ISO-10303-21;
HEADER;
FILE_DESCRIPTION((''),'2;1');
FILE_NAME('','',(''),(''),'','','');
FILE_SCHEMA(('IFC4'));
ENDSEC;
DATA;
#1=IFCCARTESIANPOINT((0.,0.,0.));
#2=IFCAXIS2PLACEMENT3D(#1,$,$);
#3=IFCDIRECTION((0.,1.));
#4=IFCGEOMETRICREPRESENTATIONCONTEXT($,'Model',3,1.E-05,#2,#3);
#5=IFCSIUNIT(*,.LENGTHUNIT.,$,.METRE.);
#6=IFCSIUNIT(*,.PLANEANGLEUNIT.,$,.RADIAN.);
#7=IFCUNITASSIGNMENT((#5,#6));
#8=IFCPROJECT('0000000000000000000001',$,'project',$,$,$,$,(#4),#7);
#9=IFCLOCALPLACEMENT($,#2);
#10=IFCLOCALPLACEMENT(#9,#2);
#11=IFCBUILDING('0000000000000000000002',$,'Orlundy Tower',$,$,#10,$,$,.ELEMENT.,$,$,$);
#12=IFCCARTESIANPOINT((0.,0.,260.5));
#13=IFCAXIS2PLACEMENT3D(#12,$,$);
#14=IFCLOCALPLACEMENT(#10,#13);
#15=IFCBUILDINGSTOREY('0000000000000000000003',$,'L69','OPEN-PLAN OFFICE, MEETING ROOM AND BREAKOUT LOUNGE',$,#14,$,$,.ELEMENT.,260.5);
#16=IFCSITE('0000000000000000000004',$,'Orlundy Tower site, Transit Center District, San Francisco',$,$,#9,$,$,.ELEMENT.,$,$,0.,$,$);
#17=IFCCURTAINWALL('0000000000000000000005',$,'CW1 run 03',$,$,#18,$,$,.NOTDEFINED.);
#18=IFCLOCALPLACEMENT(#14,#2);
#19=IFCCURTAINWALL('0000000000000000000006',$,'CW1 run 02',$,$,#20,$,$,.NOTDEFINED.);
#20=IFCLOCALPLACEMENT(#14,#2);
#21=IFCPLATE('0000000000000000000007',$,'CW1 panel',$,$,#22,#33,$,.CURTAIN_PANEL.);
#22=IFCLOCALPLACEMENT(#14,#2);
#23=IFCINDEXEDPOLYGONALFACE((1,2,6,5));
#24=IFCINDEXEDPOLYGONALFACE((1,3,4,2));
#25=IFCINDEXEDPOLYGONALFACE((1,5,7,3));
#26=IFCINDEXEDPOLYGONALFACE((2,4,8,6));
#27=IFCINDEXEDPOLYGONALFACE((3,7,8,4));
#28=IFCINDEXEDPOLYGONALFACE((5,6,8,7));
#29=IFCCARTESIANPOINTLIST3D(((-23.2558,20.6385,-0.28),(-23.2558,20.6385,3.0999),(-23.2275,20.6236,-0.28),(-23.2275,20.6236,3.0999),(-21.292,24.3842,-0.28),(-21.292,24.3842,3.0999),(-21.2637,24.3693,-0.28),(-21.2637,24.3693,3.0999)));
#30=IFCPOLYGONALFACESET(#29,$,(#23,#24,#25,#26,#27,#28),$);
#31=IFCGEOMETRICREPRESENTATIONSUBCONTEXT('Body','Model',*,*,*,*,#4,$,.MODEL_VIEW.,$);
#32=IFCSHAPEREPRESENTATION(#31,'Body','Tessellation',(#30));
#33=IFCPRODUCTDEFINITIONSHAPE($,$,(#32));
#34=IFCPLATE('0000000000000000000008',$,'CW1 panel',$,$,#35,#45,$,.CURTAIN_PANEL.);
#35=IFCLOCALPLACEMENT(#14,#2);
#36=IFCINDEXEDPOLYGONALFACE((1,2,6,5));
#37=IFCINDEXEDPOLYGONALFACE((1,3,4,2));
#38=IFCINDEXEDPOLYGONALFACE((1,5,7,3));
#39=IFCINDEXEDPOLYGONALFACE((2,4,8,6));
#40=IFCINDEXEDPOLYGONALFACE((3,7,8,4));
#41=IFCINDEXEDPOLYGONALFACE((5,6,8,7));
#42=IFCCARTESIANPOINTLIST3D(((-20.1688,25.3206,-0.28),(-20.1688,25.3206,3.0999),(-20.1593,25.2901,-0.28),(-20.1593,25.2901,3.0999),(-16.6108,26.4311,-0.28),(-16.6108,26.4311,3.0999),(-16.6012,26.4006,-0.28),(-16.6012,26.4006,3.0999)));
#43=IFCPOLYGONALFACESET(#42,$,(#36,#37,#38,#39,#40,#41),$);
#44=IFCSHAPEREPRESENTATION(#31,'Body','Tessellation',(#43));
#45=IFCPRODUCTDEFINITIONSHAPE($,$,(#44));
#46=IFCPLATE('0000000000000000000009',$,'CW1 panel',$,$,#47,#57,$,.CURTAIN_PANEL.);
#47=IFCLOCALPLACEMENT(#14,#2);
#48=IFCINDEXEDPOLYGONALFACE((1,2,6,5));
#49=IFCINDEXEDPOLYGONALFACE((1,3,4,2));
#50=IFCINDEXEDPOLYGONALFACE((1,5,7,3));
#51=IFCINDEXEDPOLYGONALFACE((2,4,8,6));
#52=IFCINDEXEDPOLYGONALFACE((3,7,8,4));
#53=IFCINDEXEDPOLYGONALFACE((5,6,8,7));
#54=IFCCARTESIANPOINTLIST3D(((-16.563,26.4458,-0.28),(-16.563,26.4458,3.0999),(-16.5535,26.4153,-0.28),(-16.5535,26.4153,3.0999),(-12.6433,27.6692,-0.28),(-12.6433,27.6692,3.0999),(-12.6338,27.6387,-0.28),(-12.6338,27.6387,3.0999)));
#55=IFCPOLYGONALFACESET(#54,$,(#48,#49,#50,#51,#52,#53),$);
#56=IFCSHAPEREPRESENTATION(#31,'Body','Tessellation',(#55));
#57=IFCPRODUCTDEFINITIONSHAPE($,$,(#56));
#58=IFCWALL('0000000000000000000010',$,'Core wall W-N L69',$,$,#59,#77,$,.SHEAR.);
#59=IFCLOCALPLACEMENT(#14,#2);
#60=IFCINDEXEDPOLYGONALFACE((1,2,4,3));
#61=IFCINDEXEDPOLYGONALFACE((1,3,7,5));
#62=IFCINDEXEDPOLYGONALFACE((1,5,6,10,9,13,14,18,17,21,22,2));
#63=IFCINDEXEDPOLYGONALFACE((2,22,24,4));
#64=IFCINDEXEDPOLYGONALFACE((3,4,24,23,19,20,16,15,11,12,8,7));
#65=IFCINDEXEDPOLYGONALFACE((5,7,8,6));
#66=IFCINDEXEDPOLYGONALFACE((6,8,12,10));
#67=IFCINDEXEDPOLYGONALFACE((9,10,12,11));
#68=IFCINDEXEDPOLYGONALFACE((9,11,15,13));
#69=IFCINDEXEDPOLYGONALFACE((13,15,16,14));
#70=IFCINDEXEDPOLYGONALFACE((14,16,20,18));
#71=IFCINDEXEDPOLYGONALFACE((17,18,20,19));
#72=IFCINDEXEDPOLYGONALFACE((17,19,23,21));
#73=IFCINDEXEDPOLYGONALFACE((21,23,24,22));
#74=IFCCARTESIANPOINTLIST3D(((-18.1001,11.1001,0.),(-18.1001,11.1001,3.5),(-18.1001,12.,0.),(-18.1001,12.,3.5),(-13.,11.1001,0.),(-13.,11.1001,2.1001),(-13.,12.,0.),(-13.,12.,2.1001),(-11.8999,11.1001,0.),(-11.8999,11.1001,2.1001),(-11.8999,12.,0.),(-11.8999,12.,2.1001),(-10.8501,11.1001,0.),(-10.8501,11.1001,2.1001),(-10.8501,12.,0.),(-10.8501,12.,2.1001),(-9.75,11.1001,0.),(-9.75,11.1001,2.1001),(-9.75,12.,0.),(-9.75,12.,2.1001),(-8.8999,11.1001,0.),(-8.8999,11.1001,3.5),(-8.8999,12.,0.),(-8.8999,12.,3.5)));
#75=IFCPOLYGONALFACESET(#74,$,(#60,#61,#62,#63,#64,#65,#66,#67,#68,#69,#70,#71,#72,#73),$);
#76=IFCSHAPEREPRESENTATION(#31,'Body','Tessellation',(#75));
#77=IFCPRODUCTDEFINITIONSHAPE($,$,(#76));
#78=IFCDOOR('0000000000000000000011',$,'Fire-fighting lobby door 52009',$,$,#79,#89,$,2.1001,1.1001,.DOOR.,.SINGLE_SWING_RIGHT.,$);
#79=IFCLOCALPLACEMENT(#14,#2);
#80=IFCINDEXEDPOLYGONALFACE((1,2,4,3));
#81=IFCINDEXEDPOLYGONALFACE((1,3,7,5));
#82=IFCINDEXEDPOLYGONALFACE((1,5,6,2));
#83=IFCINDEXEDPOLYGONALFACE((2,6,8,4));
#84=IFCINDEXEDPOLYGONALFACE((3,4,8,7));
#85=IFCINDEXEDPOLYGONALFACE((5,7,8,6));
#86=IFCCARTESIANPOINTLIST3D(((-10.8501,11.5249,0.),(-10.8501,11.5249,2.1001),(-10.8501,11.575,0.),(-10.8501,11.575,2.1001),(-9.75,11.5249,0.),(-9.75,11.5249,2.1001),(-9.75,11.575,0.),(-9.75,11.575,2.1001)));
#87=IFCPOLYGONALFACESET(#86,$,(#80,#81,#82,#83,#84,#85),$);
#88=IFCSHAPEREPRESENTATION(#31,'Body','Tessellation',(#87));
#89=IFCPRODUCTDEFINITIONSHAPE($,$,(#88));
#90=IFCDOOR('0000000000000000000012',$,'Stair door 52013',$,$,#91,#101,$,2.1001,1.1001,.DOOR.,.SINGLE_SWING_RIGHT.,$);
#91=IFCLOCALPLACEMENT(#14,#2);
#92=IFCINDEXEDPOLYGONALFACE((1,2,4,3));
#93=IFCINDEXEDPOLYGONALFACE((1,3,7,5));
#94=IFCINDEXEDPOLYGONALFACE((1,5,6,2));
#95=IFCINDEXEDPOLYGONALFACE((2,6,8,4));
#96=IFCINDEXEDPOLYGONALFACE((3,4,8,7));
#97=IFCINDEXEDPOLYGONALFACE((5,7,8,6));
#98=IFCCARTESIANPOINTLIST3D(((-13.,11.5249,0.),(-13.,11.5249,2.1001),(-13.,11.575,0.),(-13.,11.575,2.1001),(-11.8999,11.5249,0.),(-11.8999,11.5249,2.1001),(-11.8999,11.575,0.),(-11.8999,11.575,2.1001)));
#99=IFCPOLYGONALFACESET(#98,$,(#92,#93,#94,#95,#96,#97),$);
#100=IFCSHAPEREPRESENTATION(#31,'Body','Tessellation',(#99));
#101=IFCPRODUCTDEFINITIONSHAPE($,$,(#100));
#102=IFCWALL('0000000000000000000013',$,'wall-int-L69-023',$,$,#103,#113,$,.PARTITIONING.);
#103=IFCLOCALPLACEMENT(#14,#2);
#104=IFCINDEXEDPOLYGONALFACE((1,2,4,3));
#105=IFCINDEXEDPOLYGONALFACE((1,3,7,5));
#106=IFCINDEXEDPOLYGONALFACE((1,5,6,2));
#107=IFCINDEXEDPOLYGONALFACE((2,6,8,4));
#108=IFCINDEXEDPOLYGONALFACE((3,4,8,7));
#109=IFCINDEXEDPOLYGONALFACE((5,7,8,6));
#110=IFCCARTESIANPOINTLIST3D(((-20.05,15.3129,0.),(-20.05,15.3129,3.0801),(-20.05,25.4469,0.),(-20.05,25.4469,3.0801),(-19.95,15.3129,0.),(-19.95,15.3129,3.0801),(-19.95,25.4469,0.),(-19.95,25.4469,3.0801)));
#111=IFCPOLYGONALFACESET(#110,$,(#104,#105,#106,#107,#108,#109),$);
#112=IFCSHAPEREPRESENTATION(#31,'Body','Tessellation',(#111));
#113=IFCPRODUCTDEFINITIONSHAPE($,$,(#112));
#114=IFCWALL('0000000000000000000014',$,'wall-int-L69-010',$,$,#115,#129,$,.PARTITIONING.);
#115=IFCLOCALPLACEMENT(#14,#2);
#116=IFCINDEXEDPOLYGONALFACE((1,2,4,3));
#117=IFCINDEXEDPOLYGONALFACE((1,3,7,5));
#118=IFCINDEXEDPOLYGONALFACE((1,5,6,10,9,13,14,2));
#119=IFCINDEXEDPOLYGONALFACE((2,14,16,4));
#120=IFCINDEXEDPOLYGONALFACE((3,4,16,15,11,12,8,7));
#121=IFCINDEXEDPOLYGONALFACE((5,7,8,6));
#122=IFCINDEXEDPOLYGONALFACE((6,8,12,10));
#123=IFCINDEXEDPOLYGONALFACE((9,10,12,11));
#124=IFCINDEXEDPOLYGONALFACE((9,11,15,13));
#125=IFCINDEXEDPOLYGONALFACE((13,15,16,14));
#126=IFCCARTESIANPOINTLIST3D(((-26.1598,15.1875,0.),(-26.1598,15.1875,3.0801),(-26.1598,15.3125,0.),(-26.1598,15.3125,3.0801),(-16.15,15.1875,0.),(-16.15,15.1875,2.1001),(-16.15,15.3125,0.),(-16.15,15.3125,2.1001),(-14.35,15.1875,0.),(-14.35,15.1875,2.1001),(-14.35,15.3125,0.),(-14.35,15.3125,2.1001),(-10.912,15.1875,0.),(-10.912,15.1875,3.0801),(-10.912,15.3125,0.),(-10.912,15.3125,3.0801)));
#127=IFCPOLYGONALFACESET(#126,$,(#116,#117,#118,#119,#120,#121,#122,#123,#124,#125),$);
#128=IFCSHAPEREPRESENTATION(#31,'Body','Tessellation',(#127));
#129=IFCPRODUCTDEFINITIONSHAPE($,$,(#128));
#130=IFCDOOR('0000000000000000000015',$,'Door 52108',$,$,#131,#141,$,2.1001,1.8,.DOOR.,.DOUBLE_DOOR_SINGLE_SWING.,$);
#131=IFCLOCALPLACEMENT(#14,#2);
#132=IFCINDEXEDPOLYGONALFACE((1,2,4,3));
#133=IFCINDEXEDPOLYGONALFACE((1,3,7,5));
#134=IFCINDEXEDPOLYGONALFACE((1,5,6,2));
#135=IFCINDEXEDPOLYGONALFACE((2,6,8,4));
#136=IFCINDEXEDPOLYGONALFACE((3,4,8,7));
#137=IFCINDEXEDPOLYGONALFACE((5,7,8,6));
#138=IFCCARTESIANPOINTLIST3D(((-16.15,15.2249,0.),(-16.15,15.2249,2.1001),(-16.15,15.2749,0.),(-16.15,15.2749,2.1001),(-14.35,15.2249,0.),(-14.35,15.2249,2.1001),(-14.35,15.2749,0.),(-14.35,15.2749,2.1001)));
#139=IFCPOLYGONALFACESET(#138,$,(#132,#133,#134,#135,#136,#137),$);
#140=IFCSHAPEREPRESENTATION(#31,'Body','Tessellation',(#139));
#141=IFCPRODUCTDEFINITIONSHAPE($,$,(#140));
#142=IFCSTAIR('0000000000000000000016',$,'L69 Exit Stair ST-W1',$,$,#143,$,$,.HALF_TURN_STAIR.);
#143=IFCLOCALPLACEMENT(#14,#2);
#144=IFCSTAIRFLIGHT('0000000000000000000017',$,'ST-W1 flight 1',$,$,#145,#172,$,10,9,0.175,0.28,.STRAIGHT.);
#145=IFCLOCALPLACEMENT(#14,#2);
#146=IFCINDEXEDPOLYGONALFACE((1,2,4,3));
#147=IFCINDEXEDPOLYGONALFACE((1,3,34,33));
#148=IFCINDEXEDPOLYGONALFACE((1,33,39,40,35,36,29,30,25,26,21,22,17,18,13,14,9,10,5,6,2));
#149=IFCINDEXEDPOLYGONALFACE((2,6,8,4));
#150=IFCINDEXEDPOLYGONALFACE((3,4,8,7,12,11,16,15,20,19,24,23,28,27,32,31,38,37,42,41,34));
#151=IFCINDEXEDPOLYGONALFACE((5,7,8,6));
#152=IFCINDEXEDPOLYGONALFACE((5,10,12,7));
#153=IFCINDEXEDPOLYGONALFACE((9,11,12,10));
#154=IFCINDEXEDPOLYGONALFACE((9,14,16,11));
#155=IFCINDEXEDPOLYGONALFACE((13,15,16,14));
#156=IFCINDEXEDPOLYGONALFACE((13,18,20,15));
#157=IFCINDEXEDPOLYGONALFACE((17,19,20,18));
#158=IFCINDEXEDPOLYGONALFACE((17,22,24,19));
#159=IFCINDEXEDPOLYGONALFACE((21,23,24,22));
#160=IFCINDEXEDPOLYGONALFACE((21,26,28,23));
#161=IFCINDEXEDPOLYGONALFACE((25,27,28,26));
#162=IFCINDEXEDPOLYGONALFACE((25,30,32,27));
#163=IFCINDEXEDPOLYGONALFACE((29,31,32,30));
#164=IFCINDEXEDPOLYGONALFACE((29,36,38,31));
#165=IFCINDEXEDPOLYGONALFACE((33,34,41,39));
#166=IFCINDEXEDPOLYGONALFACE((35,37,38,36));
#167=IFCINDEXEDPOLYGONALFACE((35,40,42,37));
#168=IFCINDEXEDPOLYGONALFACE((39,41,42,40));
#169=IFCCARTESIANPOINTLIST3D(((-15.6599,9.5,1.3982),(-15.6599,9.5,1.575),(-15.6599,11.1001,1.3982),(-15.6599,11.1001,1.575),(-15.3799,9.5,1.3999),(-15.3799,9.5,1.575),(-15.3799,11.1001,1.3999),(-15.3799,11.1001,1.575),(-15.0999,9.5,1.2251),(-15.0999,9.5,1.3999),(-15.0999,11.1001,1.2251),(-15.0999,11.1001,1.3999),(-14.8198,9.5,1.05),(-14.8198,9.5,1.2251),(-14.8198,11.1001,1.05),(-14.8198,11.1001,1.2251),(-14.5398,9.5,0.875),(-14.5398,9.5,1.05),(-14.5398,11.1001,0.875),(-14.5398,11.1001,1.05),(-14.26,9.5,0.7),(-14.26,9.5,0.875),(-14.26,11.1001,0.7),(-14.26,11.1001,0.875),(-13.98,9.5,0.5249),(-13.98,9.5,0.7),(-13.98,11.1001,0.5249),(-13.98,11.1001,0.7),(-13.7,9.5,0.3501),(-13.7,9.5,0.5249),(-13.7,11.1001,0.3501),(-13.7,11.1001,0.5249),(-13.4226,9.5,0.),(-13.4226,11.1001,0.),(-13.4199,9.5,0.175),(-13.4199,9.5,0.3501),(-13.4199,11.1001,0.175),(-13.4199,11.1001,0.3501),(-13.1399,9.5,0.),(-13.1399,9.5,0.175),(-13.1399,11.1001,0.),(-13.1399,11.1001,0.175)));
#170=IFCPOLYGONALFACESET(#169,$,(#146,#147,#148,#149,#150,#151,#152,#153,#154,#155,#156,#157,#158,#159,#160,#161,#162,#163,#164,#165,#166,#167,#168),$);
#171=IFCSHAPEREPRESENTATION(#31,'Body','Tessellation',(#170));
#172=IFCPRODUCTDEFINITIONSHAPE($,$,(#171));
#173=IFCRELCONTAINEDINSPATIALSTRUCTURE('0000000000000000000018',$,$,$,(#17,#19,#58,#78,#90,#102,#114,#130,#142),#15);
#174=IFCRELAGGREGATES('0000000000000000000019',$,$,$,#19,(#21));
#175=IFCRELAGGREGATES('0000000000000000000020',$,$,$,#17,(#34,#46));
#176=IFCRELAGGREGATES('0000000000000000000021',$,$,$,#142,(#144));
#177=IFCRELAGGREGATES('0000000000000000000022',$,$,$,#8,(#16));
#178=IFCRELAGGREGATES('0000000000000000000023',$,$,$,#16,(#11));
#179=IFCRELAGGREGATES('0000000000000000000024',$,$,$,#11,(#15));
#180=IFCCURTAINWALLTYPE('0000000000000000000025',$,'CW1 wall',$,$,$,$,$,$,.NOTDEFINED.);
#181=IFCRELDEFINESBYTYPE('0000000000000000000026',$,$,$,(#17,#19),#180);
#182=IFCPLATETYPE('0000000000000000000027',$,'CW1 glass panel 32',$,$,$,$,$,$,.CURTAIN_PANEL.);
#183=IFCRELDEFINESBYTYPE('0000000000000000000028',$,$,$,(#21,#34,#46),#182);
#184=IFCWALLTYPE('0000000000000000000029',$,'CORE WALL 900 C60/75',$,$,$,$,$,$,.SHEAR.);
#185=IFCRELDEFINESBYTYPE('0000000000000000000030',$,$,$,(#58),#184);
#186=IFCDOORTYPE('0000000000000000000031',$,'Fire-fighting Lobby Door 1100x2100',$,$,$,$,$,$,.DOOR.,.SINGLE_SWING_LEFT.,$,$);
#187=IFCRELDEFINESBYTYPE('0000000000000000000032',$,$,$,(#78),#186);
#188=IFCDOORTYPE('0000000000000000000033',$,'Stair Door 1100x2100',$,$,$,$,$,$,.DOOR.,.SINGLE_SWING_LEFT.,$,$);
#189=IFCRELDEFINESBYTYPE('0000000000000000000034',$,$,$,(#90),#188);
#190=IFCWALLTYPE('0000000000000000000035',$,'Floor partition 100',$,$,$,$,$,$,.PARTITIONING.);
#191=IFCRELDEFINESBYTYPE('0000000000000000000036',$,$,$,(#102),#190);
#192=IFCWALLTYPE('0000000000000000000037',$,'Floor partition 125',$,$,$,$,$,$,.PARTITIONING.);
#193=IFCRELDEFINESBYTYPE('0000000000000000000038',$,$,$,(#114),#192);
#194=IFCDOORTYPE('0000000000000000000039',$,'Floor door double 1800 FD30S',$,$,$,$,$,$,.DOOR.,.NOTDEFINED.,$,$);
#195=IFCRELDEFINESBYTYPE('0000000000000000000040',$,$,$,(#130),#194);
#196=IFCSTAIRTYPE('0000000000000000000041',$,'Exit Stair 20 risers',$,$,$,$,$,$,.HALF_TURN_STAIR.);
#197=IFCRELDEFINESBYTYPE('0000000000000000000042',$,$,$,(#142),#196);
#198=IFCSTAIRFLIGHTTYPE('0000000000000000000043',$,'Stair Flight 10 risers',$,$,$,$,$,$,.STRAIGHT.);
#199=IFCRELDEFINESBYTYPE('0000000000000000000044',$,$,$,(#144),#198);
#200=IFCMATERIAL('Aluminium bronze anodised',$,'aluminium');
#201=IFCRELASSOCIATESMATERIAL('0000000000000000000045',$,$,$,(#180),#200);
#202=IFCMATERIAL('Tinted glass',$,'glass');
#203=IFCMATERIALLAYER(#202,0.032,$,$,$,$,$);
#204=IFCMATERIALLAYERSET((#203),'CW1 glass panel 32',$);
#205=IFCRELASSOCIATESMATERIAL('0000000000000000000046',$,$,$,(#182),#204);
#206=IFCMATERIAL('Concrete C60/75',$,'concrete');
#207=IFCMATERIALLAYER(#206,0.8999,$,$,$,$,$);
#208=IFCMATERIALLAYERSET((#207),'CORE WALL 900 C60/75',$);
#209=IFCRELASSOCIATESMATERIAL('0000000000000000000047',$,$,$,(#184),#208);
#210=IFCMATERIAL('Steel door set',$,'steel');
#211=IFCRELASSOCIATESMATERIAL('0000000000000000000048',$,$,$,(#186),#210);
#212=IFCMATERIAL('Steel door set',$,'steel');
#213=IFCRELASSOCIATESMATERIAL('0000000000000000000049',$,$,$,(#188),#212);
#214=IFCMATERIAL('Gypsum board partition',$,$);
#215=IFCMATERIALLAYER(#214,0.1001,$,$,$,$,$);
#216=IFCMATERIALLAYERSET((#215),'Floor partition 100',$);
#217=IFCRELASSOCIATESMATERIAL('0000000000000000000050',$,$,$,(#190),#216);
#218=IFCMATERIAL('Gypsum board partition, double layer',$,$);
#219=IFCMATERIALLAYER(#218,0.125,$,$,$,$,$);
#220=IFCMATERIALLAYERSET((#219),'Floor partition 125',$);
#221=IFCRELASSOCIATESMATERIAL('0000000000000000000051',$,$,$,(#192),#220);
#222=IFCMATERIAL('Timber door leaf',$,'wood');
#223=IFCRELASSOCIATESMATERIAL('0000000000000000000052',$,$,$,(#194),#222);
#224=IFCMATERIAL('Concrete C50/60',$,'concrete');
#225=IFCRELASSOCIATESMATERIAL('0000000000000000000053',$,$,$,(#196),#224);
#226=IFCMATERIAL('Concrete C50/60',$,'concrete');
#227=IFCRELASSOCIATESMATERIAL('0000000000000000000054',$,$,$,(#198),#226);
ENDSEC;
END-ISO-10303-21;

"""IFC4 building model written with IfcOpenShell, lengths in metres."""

from ifc_helpers import new_model, si_unit, direction, frame, frame_2d, origin, origin_2d, place, context, subcontext, project, spatial, polyline, rectangle, outline, extrude, material, layer, layer_set, type_object, element, fill, aggregate, save


model = new_model("IFC4")

# Units and contexts
model_context = context("Model", 3, precision=1e-05, world=origin(), true_north=direction((0.0, 1.0)))
body_context = subcontext(model_context, "Body", "Model", "MODEL_VIEW")
ifc_project = project(units=[si_unit("LENGTHUNIT", "METRE"), si_unit("PLANEANGLEUNIT", "RADIAN")], contexts=[model_context])

# Site, building, storey
site_placement = place(None, origin())
site = spatial("IfcSite", under=ifc_project, at=site_placement, Name="Orlundy Tower site, Transit Center District, San Francisco", CompositionType="ELEMENT", RefElevation=0.0)
building_placement = place(site_placement, origin())
building = spatial("IfcBuilding", under=site, at=building_placement, Name="Orlundy Tower", CompositionType="ELEMENT")
storey_placement = place(building_placement, frame((0.0, 0.0, 260.5)))
storey = spatial("IfcBuildingStorey", under=building, at=storey_placement, Name="L69", Description="OPEN-PLAN OFFICE, MEETING ROOM AND BREAKOUT LOUNGE", CompositionType="ELEMENT", Elevation=260.5)

# Curtain wall
ifc_material_1 = material(Name="Aluminium bronze anodised", Category="aluminium")
curtain_wall_type = type_object("IfcCurtainWallType", Name="CW1 wall", PredefinedType="NOTDEFINED", material=ifc_material_1)
curtain_wall_1_placement = place(storey_placement, origin())
curtain_wall_1 = element("IfcCurtainWall", 1, at=curtain_wall_1_placement, inside=storey, type_object=curtain_wall_type, Name="CW1 run 03", PredefinedType="NOTDEFINED")

# Curtain wall
curtain_wall_2_placement = place(storey_placement, origin())
curtain_wall_2 = element("IfcCurtainWall", 2, at=curtain_wall_2_placement, inside=storey, type_object=curtain_wall_type, Name="CW1 run 02", PredefinedType="NOTDEFINED")

# Plates
ifc_material_2 = material(Name="Tinted glass", Category="glass")
ifc_layer_1 = layer(ifc_material_2, 0.032)
ifc_layer_set_1 = layer_set([ifc_layer_1], Name="CW1 glass panel 32")
plate_type = type_object("IfcPlateType", Name="CW1 glass panel 32", PredefinedType="CURTAIN_PANEL", material=ifc_layer_set_1)
plate_1_placement = place(storey_placement, frame((-22.2598, 22.5039, -0.28), z_axis=(0.0, 0.0, 1.0), x_axis=(0.464336, 0.885659, 0.0)))
plate_1 = element("IfcPlate", 3, at=plate_1_placement, type_object=plate_type, Name="CW1 panel", PredefinedType="CURTAIN_PANEL", context=body_context, shape_type="SweptSolid", body=[
    extrude(rectangle(XDim=4.2292, YDim=0.032, at=origin_2d()), origin(), (0.0, 0.0, 1.0), 3.3799),
])
aggregate(curtain_wall_2, [plate_1])
plate_2_placement = place(storey_placement, frame((-18.385, 25.8606, -0.28), z_axis=(0.0, 0.0, 1.0), x_axis=(0.954586, 0.297935, 0.0)))
plate_2 = element("IfcPlate", 4, at=plate_2_placement, type_object=plate_type, Name="CW1 panel", PredefinedType="CURTAIN_PANEL", context=body_context, shape_type="SweptSolid", body=[
    extrude(rectangle(XDim=3.7273, YDim=0.032, at=origin_2d()), origin(), (0.0, 0.0, 1.0), 3.3799),
])
plate_3_placement = place(storey_placement, frame((-14.5984, 27.0422, -0.28), z_axis=(0.0, 0.0, 1.0), x_axis=(0.954586, 0.297935, 0.0)))
plate_3 = element("IfcPlate", 5, at=plate_3_placement, type_object=plate_type, Name="CW1 panel", PredefinedType="CURTAIN_PANEL", context=body_context, shape_type="SweptSolid", body=[
    extrude(rectangle(XDim=4.1062, YDim=0.032, at=origin_2d()), origin(), (0.0, 0.0, 1.0), 3.3799),
])
aggregate(curtain_wall_1, [plate_2, plate_3])

# Wall, openings, doors
ifc_material_3 = material(Name="Concrete C60/75", Category="concrete")
ifc_layer_2 = layer(ifc_material_3, 0.8999)
ifc_layer_set_2 = layer_set([ifc_layer_2], Name="CORE WALL 900 C60/75")
wall_type_1 = type_object("IfcWallType", Name="CORE WALL 900 C60/75", PredefinedType="SHEAR", material=ifc_layer_set_2)
wall_1_placement = place(storey_placement, frame((-18.1001, 11.55, 0.0), z_axis=(0.0, 0.0, 1.0), x_axis=(1.0, 0.0, 0.0)))
wall_1 = element("IfcWall", 6, at=wall_1_placement, inside=storey, type_object=wall_type_1, Name="Core wall W-N L69", PredefinedType="SHEAR", context=body_context, shape_type="SweptSolid", body=[
    extrude(rectangle(XDim=9.2002, YDim=0.8999, at=frame_2d((4.6001, 0.0))), origin(), (0.0, 0.0, 1.0), 3.5),
])
opening_1_placement = place(wall_1_placement, frame((7.25, 0.0, 0.0)))
opening_1 = element("IfcOpeningElement", 7, at=opening_1_placement, cuts=wall_1, PredefinedType="OPENING", context=body_context, shape_type="SweptSolid", body=[
    extrude(rectangle(XDim=1.1001, YDim=2.1001, at=frame_2d((0.55, 1.05))), frame((0.0, 0.46, 0.0), z_axis=(0.0, -1.0, 0.0), x_axis=(1.0, 0.0, 0.0)), (0.0, 0.0, 1.0), 0.9199),
])
opening_2_placement = place(wall_1_placement, frame((5.1001, 0.0, 0.0)))
opening_2 = element("IfcOpeningElement", 8, at=opening_2_placement, cuts=wall_1, PredefinedType="OPENING", context=body_context, shape_type="SweptSolid", body=[
    extrude(rectangle(XDim=1.1001, YDim=2.1001, at=frame_2d((0.55, 1.05))), frame((0.0, 0.46, 0.0), z_axis=(0.0, -1.0, 0.0), x_axis=(1.0, 0.0, 0.0)), (0.0, 0.0, 1.0), 0.9199),
])
ifc_material_4 = material(Name="Steel door set", Category="steel")
door_type_1 = type_object("IfcDoorType", Name="Fire-fighting Lobby Door 1100x2100", OperationType="SINGLE_SWING_LEFT", PredefinedType="DOOR", material=ifc_material_4)
door_1_placement = place(opening_1_placement, origin())
door_1 = element("IfcDoor", 9, at=door_1_placement, inside=storey, type_object=door_type_1, Name="Fire-fighting lobby door 52009", OperationType="SINGLE_SWING_RIGHT", OverallHeight=2.1001, OverallWidth=1.1001, PredefinedType="DOOR", context=body_context, shape_type="SweptSolid", body=[
    extrude(rectangle(XDim=1.1001, YDim=2.1001, at=frame_2d((0.55, 1.05))), frame((0.0, 0.0249, 0.0), z_axis=(0.0, -1.0, 0.0), x_axis=(1.0, 0.0, 0.0)), (0.0, 0.0, 1.0), 0.05),
])
fill(opening_1, door_1)
ifc_material_5 = material(Name="Steel door set", Category="steel")
door_type_2 = type_object("IfcDoorType", Name="Stair Door 1100x2100", OperationType="SINGLE_SWING_LEFT", PredefinedType="DOOR", material=ifc_material_5)
door_2_placement = place(opening_2_placement, origin())
door_2 = element("IfcDoor", 10, at=door_2_placement, inside=storey, type_object=door_type_2, Name="Stair door 52013", OperationType="SINGLE_SWING_RIGHT", OverallHeight=2.1001, OverallWidth=1.1001, PredefinedType="DOOR", context=body_context, shape_type="SweptSolid", body=[
    extrude(rectangle(XDim=1.1001, YDim=2.1001, at=frame_2d((0.55, 1.05))), frame((0.0, 0.0249, 0.0), z_axis=(0.0, -1.0, 0.0), x_axis=(1.0, 0.0, 0.0)), (0.0, 0.0, 1.0), 0.05),
])
fill(opening_2, door_2)

# Wall
ifc_material_6 = material(Name="Gypsum board partition")
ifc_layer_3 = layer(ifc_material_6, 0.1001)
ifc_layer_set_3 = layer_set([ifc_layer_3], Name="Floor partition 100")
wall_type_2 = type_object("IfcWallType", Name="Floor partition 100", PredefinedType="PARTITIONING", material=ifc_layer_set_3)
wall_2_placement = place(storey_placement, frame((-20.0, 15.313, 0.0), z_axis=(0.0, 0.0, 1.0), x_axis=(0.0, 1.0, 0.0)))
element("IfcWall", 11, at=wall_2_placement, inside=storey, type_object=wall_type_2, Name="wall-int-L69-023", PredefinedType="PARTITIONING", context=body_context, shape_type="SweptSolid", body=[
    extrude(rectangle(XDim=10.134, YDim=0.1001, at=frame_2d((5.0669, 0.0))), origin(), (0.0, 0.0, 1.0), 3.0801),
])

# Wall, opening, door
ifc_material_7 = material(Name="Gypsum board partition, double layer")
ifc_layer_4 = layer(ifc_material_7, 0.125)
ifc_layer_set_4 = layer_set([ifc_layer_4], Name="Floor partition 125")
wall_type_3 = type_object("IfcWallType", Name="Floor partition 125", PredefinedType="PARTITIONING", material=ifc_layer_set_4)
wall_3_placement = place(storey_placement, frame((-26.1599, 15.25, 0.0), z_axis=(0.0, 0.0, 1.0), x_axis=(1.0, 0.0, 0.0)))
wall_3 = element("IfcWall", 12, at=wall_3_placement, inside=storey, type_object=wall_type_3, Name="wall-int-L69-010", PredefinedType="PARTITIONING", context=body_context, shape_type="SweptSolid", body=[
    extrude(rectangle(XDim=15.2478, YDim=0.125, at=frame_2d((7.624, 0.0))), origin(), (0.0, 0.0, 1.0), 3.0801),
])
opening_3_placement = place(wall_3_placement, frame((10.01, 0.0, 0.0)))
opening_3 = element("IfcOpeningElement", 13, at=opening_3_placement, cuts=wall_3, PredefinedType="OPENING", context=body_context, shape_type="SweptSolid", body=[
    extrude(rectangle(XDim=1.8, YDim=2.1001, at=frame_2d((0.8999, 1.05))), frame((0.0, 0.0725, 0.0), z_axis=(0.0, -1.0, 0.0), x_axis=(1.0, 0.0, 0.0)), (0.0, 0.0, 1.0), 0.145),
])
ifc_material_8 = material(Name="Timber door leaf", Category="wood")
door_type_3 = type_object("IfcDoorType", Name="Floor door double 1800 FD30S", OperationType="NOTDEFINED", PredefinedType="DOOR", material=ifc_material_8)
door_3_placement = place(opening_3_placement, origin())
door_3 = element("IfcDoor", 14, at=door_3_placement, inside=storey, type_object=door_type_3, Name="Door 52108", OperationType="DOUBLE_DOOR_SINGLE_SWING", OverallHeight=2.1001, OverallWidth=1.8, PredefinedType="DOOR", context=body_context, shape_type="SweptSolid", body=[
    extrude(rectangle(XDim=1.8, YDim=2.1001, at=frame_2d((0.8999, 1.05))), frame((0.0, 0.0249, 0.0), z_axis=(0.0, -1.0, 0.0), x_axis=(1.0, 0.0, 0.0)), (0.0, 0.0, 1.0), 0.05),
])
fill(opening_3, door_3)

# Stair, stair flight
ifc_material_9 = material(Name="Concrete C50/60", Category="concrete")
stair_type = type_object("IfcStairType", Name="Exit Stair 20 risers", PredefinedType="HALF_TURN_STAIR", material=ifc_material_9)
stair_placement = place(storey_placement, origin())
stair = element("IfcStair", 15, at=stair_placement, inside=storey, type_object=stair_type, Name="L69 Exit Stair ST-W1", PredefinedType="HALF_TURN_STAIR")
ifc_material_10 = material(Name="Concrete C50/60", Category="concrete")
stair_flight_type = type_object("IfcStairFlightType", Name="Stair Flight 10 risers", PredefinedType="STRAIGHT", material=ifc_material_10)
stair_flight_placement = place(storey_placement, frame((-13.1399, 10.3, 0.0), z_axis=(0.0, 0.0, 1.0), x_axis=(-1.0, 0.0, 0.0)))
stair_flight = element("IfcStairFlight", 16, at=stair_flight_placement, type_object=stair_flight_type, Name="ST-W1 flight 1", NumberOfRisers=10, NumberOfTreads=9, PredefinedType="STRAIGHT", RiserHeight=0.175, TreadLength=0.28, context=body_context, shape_type="SweptSolid", body=[
    extrude(outline(polyline([(0.0, 0.0), (0.0, 0.175), (0.28, 0.175), (0.28, 0.3501), (0.5601, 0.3501), (0.5601, 0.5249), (0.8401, 0.5249), (0.8401, 0.7), (1.1201, 0.7), (1.1201, 0.875), (1.3999, 0.875), (1.3999, 1.05), (1.6799, 1.05), (1.6799, 1.2251), (1.96, 1.2251), (1.96, 1.3999), (2.24, 1.3999), (2.24, 1.575), (2.52, 1.575), (2.52, 1.75), (2.52, 1.3982), (0.2827, 0.0), (0.0, 0.0)])), frame((0.0, 0.8, 0.0), z_axis=(0.0, -1.0, 0.0), x_axis=(1.0, 0.0, 0.0)), (0.0, 0.0, 1.0), 1.6001),
])
aggregate(stair, [stair_flight])

save(model, "model.ifc")
